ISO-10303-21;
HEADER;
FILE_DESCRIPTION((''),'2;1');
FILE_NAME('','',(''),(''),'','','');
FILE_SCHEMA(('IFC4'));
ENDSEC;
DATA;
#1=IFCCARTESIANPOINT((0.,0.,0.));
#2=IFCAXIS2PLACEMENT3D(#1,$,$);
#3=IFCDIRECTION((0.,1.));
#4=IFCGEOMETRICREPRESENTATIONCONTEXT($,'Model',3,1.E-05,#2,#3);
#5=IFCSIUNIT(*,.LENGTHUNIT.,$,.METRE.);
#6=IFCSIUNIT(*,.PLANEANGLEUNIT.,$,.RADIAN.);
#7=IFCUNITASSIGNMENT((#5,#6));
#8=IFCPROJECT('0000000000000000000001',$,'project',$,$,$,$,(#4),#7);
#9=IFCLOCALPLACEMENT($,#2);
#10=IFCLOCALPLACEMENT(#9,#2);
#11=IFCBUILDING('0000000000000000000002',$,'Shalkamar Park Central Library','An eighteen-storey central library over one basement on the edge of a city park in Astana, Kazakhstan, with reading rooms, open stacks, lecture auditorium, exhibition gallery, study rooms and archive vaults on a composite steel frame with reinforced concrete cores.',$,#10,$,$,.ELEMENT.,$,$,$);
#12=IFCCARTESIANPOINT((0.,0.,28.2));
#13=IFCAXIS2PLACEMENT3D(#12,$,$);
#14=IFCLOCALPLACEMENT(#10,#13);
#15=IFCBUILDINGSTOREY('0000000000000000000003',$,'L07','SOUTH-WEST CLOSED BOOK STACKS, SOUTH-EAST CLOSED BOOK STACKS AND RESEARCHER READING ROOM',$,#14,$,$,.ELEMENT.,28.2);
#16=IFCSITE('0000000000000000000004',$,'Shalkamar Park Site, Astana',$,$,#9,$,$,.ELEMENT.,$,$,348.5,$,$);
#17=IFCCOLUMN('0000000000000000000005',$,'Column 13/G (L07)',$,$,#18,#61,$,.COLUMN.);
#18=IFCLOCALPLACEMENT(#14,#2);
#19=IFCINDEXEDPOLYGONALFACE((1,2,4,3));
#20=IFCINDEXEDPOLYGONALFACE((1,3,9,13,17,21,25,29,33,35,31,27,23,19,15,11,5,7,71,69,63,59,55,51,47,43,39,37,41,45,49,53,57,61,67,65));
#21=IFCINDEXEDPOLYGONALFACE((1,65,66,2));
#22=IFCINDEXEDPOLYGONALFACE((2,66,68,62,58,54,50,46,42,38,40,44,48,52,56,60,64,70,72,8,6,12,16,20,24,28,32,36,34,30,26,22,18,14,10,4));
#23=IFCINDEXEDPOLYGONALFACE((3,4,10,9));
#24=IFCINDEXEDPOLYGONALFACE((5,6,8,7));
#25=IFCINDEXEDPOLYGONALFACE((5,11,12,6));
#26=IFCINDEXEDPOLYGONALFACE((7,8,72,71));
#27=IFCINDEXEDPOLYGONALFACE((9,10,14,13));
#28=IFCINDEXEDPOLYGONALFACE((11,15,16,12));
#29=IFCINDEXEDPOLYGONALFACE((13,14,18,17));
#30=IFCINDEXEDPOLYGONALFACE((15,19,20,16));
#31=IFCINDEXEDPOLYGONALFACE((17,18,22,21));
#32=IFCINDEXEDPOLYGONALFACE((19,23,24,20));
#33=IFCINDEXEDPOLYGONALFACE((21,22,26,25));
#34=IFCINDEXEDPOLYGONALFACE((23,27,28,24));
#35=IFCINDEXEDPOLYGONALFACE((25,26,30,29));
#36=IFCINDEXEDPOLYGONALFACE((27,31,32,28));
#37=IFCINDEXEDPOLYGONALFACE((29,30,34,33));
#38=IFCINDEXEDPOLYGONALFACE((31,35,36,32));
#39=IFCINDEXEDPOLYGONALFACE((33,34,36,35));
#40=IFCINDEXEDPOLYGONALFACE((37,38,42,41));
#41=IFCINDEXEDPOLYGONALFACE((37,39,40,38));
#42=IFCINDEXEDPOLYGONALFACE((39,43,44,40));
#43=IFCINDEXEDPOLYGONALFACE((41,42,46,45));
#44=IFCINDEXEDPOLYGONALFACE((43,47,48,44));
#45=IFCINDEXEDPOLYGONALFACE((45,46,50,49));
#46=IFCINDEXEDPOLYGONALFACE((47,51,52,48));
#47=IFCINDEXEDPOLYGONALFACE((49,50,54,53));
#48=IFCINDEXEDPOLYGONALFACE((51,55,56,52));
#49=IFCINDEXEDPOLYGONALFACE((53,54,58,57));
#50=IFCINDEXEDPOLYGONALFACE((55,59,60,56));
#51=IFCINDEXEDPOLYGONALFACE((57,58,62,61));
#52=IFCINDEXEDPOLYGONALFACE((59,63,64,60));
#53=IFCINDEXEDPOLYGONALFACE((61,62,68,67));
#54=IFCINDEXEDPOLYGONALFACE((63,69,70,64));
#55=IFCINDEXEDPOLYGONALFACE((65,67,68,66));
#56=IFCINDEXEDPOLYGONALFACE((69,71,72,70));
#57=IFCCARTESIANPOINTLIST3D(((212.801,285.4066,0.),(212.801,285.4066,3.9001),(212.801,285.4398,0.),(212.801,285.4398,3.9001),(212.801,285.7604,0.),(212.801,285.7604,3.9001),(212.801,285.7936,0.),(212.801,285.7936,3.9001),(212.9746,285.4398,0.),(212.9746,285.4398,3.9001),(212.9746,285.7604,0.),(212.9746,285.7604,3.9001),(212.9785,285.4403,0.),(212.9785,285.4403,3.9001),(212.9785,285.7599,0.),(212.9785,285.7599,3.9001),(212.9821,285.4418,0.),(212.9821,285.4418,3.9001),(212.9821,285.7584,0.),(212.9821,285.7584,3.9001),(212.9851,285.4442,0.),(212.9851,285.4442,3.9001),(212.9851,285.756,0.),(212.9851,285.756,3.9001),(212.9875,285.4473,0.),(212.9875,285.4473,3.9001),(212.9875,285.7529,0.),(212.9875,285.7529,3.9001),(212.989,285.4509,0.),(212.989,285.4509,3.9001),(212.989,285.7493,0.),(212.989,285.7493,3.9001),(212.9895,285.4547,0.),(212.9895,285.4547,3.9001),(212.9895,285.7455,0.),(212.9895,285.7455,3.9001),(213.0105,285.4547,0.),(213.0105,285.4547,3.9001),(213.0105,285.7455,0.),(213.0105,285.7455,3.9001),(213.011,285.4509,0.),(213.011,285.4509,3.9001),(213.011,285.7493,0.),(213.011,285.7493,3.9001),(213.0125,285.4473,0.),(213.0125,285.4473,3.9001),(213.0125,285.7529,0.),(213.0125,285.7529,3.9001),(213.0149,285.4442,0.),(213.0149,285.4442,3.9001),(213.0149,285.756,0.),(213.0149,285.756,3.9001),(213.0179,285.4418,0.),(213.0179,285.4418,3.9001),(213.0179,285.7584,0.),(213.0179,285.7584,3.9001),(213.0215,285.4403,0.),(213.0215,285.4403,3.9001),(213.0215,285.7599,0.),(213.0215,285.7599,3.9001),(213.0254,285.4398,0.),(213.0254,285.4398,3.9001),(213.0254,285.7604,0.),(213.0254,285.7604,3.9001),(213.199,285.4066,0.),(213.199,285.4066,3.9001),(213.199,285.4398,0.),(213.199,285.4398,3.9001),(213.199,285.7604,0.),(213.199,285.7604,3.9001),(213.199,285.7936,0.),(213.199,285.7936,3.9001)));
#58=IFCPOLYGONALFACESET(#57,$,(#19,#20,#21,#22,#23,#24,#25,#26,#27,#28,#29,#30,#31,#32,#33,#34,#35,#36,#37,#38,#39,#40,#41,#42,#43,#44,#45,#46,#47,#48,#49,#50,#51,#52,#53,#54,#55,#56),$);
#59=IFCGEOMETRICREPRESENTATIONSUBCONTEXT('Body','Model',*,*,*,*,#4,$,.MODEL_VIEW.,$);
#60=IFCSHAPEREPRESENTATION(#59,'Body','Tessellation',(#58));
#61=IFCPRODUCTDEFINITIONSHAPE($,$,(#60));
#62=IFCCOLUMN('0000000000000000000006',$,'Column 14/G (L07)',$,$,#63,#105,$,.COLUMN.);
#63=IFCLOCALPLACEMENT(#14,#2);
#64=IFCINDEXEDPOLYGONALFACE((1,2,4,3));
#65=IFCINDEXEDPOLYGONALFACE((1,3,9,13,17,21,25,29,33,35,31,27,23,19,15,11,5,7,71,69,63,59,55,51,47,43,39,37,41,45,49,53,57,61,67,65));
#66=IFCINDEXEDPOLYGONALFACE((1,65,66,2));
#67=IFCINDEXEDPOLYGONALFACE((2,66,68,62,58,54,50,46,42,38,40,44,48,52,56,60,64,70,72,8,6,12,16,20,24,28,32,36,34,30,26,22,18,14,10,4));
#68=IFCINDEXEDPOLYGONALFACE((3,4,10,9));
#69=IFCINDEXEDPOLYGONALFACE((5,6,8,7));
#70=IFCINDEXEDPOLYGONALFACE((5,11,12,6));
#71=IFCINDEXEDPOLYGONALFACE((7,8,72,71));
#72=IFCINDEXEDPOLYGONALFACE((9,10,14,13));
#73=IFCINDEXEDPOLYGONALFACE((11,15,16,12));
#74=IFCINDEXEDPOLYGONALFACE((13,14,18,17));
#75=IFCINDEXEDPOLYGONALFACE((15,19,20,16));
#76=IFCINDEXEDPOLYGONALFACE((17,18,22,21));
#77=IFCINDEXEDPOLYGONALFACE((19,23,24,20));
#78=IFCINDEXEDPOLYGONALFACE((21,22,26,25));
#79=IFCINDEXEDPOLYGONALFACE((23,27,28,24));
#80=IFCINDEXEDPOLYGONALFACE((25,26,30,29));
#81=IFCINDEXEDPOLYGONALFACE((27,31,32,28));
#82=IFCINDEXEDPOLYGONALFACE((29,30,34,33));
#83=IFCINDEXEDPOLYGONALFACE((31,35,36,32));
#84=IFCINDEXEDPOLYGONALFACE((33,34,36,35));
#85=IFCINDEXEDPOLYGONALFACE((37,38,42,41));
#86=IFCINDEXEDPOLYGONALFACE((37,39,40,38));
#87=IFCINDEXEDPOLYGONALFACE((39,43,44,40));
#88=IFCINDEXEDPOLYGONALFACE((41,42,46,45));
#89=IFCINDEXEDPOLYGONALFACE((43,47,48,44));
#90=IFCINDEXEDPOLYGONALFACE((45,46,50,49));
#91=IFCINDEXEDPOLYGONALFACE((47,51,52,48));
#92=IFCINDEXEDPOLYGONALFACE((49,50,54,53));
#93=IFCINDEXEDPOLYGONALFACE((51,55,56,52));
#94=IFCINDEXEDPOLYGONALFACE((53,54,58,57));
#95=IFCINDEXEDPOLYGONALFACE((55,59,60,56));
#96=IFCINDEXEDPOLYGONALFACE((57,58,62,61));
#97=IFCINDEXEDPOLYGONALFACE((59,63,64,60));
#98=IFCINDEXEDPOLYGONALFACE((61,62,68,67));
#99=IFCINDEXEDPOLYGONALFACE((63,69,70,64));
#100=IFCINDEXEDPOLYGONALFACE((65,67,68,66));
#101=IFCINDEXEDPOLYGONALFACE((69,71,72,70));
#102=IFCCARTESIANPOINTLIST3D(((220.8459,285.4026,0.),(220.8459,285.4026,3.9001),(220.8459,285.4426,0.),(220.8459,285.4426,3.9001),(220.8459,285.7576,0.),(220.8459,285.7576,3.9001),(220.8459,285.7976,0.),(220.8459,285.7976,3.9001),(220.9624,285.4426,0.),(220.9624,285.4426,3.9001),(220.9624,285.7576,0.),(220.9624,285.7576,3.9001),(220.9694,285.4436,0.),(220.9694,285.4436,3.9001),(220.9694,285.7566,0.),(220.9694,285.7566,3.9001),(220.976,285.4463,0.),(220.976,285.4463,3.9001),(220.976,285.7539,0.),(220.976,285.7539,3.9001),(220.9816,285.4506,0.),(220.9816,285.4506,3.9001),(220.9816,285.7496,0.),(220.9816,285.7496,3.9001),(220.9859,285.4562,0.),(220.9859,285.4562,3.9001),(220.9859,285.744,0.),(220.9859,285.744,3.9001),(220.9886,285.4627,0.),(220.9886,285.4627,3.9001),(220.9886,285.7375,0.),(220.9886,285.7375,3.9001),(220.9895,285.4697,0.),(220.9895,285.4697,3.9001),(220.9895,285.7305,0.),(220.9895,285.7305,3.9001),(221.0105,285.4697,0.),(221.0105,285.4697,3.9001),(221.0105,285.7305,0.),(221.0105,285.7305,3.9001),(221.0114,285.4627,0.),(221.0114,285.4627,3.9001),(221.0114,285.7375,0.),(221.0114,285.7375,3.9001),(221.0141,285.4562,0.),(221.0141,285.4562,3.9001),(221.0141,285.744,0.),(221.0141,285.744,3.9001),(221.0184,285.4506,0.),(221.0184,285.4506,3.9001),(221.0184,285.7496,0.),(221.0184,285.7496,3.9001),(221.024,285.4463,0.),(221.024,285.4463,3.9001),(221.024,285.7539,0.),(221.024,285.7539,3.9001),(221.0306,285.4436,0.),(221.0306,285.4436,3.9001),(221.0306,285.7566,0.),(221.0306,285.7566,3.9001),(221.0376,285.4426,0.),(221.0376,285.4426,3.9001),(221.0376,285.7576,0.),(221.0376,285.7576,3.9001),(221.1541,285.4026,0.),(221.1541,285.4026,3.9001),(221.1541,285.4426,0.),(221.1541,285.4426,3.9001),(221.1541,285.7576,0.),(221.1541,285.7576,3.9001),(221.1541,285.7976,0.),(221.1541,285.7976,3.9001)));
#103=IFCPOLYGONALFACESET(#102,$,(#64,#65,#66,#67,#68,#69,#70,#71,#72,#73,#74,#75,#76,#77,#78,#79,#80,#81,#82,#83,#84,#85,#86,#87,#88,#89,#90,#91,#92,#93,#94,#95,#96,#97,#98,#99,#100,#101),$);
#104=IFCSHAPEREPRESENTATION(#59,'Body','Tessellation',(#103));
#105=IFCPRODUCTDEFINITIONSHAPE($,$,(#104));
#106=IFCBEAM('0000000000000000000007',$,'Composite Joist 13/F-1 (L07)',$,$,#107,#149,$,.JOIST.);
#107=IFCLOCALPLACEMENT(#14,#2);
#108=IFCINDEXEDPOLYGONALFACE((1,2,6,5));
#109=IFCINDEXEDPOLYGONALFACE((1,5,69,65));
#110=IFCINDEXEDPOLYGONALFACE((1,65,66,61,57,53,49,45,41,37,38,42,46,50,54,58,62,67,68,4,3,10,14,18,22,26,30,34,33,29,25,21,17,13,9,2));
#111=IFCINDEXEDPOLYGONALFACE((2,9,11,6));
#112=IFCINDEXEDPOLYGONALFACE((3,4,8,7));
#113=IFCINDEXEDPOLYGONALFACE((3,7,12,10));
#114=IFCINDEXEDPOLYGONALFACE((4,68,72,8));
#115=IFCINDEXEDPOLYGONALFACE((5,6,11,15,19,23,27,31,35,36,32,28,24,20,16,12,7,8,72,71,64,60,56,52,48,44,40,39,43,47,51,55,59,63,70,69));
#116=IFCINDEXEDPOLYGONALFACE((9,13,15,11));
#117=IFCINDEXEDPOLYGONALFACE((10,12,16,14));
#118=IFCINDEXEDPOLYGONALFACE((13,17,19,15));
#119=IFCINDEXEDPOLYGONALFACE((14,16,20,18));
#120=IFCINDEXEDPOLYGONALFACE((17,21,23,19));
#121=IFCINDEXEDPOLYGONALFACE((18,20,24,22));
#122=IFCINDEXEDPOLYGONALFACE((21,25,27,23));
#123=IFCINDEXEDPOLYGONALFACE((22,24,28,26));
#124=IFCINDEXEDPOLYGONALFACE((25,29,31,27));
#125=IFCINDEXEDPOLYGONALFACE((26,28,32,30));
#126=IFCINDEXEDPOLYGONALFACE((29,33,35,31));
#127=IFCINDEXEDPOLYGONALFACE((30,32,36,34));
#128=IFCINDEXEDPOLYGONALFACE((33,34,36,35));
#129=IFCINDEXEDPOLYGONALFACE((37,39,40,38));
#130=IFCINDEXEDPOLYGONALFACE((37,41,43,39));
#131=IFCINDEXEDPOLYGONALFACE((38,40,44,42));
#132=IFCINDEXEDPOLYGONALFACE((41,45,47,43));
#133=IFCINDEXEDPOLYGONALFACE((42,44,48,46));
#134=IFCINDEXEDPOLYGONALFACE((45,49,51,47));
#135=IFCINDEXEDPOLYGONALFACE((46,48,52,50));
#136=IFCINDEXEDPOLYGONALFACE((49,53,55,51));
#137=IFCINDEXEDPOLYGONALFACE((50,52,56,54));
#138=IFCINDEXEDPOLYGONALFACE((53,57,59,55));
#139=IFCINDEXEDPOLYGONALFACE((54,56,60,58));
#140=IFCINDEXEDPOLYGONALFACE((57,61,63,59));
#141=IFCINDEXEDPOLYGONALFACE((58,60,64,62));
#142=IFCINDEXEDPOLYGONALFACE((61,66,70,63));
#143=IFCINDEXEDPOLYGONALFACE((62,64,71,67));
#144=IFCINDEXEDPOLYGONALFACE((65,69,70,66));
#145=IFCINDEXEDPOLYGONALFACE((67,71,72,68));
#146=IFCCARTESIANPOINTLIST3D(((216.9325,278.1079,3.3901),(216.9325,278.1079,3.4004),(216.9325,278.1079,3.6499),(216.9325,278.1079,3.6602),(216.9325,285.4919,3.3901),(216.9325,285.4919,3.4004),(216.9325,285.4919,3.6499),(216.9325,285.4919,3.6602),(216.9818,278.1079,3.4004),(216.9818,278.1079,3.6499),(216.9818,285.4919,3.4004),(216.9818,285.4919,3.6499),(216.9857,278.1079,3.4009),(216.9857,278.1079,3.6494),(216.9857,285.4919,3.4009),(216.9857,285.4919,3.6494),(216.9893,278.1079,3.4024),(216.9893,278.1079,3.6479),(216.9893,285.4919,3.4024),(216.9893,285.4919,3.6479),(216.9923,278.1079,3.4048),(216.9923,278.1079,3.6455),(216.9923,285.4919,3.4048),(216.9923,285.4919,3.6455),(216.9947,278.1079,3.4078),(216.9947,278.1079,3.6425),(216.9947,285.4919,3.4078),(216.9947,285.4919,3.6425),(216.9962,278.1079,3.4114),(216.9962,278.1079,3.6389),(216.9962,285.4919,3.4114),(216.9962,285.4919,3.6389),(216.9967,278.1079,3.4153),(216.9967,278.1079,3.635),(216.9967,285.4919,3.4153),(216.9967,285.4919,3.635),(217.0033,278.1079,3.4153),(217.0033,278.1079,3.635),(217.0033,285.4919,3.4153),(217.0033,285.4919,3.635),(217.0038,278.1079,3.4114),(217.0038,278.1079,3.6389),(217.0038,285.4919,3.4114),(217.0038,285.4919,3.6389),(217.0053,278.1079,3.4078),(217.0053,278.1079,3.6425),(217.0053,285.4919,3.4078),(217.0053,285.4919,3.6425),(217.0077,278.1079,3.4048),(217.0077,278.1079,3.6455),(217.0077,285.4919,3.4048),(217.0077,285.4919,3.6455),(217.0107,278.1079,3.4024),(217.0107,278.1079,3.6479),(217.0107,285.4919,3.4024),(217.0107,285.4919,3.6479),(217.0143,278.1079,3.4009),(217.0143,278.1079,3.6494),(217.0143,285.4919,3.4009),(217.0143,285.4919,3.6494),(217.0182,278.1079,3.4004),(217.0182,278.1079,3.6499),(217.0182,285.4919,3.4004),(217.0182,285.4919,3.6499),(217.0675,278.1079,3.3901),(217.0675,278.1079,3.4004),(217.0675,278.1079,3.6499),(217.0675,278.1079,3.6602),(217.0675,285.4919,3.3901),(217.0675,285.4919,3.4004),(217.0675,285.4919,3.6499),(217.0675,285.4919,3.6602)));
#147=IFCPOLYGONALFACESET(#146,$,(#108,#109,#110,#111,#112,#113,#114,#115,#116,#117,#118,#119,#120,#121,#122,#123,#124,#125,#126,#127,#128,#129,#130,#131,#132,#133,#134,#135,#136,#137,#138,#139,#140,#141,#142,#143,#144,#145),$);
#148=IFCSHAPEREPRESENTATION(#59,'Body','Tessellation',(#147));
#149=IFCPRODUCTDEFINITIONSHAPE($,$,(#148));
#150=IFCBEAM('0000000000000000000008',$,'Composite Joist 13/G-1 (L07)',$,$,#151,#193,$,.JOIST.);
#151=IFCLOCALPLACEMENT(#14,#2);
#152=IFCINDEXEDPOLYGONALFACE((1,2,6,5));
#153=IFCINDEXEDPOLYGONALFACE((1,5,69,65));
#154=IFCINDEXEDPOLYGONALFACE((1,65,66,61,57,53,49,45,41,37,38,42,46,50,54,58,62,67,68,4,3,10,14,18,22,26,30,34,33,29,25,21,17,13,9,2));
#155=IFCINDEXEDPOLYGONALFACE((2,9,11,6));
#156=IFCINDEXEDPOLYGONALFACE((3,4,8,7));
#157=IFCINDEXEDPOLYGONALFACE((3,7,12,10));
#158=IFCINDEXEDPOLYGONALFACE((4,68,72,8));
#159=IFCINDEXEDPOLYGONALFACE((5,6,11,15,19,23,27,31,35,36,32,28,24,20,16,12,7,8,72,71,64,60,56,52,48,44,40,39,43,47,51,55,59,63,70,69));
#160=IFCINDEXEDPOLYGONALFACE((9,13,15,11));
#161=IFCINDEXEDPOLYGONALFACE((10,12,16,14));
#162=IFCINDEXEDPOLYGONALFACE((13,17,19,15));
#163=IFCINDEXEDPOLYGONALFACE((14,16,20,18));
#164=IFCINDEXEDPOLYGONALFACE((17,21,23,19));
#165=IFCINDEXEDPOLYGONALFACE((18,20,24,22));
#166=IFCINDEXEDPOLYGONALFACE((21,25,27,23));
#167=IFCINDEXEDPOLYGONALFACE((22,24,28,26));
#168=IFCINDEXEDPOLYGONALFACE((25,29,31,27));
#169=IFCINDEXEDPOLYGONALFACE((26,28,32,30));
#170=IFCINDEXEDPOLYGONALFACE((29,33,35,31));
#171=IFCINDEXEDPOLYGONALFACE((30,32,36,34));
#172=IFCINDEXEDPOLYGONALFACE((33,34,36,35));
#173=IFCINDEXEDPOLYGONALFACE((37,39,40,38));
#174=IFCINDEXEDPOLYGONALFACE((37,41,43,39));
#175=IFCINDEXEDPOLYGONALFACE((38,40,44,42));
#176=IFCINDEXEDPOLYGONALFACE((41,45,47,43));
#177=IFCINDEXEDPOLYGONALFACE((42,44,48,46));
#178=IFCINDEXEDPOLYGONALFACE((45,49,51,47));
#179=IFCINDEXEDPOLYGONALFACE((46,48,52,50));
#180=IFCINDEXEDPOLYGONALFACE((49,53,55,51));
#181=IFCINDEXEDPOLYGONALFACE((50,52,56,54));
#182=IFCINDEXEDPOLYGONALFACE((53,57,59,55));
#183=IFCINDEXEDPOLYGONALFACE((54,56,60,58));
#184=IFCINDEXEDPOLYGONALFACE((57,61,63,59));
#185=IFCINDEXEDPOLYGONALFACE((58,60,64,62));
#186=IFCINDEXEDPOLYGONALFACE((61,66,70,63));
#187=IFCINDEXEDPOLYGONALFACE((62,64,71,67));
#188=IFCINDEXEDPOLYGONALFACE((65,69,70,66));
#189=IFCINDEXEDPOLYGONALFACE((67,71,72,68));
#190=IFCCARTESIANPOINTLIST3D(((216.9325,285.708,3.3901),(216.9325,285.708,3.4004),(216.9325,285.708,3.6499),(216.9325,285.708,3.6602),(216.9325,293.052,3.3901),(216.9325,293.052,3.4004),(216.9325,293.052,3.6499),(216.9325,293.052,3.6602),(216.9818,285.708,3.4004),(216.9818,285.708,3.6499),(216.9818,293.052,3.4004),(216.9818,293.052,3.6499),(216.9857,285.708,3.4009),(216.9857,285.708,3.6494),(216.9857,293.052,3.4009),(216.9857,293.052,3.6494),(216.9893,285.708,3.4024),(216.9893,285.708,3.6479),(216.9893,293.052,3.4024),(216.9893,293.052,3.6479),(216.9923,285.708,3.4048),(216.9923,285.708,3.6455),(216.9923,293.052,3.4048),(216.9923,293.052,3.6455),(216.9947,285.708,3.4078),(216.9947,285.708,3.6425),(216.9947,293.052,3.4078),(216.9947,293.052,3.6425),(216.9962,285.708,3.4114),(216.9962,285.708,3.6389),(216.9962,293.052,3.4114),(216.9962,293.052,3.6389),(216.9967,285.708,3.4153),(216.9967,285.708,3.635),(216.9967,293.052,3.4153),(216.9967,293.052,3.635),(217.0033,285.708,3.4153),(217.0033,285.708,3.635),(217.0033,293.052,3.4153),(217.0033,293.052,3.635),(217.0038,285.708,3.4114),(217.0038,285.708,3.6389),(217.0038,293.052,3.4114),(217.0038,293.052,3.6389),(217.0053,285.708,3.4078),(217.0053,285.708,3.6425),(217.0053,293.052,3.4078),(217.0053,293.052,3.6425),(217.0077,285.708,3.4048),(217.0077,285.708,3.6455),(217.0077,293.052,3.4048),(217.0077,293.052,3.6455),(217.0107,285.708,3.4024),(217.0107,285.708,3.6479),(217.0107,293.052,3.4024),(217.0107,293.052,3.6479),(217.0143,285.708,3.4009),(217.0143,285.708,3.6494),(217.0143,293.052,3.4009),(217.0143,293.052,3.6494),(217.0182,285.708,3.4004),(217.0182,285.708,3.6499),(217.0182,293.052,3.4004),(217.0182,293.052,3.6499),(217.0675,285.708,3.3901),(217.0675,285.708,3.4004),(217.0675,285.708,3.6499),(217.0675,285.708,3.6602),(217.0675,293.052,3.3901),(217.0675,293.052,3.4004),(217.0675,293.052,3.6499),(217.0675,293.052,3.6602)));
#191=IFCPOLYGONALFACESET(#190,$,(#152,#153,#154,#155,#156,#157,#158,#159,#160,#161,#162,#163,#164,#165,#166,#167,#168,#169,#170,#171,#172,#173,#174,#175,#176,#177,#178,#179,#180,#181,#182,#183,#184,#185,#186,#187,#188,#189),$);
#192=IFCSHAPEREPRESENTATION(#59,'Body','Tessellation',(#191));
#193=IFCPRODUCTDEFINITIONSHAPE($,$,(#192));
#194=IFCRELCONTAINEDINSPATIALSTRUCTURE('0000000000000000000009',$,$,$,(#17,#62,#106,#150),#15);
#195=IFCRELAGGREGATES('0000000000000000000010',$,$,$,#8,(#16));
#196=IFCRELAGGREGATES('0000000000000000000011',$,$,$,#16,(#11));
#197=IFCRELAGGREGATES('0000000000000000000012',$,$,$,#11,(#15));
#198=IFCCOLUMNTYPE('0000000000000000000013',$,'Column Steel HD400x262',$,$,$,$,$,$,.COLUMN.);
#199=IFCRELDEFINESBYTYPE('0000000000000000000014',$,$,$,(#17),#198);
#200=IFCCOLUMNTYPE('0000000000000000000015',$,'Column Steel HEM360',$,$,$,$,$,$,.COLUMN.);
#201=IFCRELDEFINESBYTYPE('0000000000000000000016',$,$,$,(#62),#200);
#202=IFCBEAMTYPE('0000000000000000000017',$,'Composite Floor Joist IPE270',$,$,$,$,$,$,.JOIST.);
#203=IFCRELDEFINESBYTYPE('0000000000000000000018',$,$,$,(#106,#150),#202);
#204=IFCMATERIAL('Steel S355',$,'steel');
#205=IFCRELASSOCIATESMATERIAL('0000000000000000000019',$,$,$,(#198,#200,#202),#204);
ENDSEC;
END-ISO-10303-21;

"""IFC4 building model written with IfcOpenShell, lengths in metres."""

from ifc_helpers import new_model, si_unit, direction, frame, origin, origin_2d, place, context, subcontext, project, spatial, i_section, extrude, material, material_profile, profile_set, type_object, element, save


model = new_model("IFC4")

# Units and contexts
model_context = context("Model", 3, precision=1e-05, world=origin(), true_north=direction((0.0, 1.0)))
body_context = subcontext(model_context, "Body", "Model", "MODEL_VIEW")
ifc_project = project(units=[si_unit("LENGTHUNIT", "METRE"), si_unit("PLANEANGLEUNIT", "RADIAN")], contexts=[model_context])

# Site, building, storey
site_placement = place(None, origin())
site = spatial("IfcSite", under=ifc_project, at=site_placement, Name="Shalkamar Park Site, Astana", CompositionType="ELEMENT", RefElevation=348.5)
building_placement = place(site_placement, origin())
building = spatial("IfcBuilding", under=site, at=building_placement, Name="Shalkamar Park Central Library", Description="An eighteen-storey central library over one basement on the edge of a city park in Astana, Kazakhstan, with reading rooms, open stacks, lecture auditorium, exhibition gallery, study rooms and archive vaults on a composite steel frame with reinforced concrete cores.", CompositionType="ELEMENT")
storey_placement = place(building_placement, frame((0.0, 0.0, 28.2)))
storey = spatial("IfcBuildingStorey", under=building, at=storey_placement, Name="L07", Description="SOUTH-WEST CLOSED BOOK STACKS, SOUTH-EAST CLOSED BOOK STACKS AND RESEARCHER READING ROOM", CompositionType="ELEMENT", Elevation=28.2)

# Columns
ifc_material_1 = material(Name="Steel S355", Category="steel")
ifc_material_profile_1 = material_profile(ifc_material_1, i_section(OverallWidth=0.3979, OverallDepth=0.387, WebThickness=0.021, FlangeThickness=0.0332, FilletRadius=0.0149, at=origin_2d()), Name="HD 400x262")
ifc_profile_set_1 = profile_set([ifc_material_profile_1], Name="Steel S355")
column_type_1 = type_object("IfcColumnType", Name="Column Steel HD400x262", PredefinedType="COLUMN", material=ifc_profile_set_1)
column_1_placement = place(storey_placement, frame((213.0, 285.6001, 0.0), z_axis=(0.0, 0.0, 1.0), x_axis=(1.0, 0.0, 0.0)))
element("IfcColumn", 1, at=column_1_placement, inside=storey, type_object=column_type_1, Name="Column 13/G (L07)", PredefinedType="COLUMN", context=body_context, shape_type="SweptSolid", body=[
    extrude(i_section(OverallWidth=0.3979, OverallDepth=0.387, WebThickness=0.021, FlangeThickness=0.0332, FilletRadius=0.0149, at=origin_2d()), origin(), (0.0, 0.0, 1.0), 3.9001),
])
ifc_material_profile_2 = material_profile(ifc_material_1, i_section(OverallWidth=0.3081, OverallDepth=0.395, WebThickness=0.021, FlangeThickness=0.04, FilletRadius=0.0271, at=origin_2d()), Name="HEM 360")
ifc_profile_set_2 = profile_set([ifc_material_profile_2], Name="Steel S355")
column_type_2 = type_object("IfcColumnType", Name="Column Steel HEM360", PredefinedType="COLUMN", material=ifc_profile_set_2)
column_2_placement = place(storey_placement, frame((221.0, 285.6001, 0.0), z_axis=(0.0, 0.0, 1.0), x_axis=(1.0, 0.0, 0.0)))
element("IfcColumn", 2, at=column_2_placement, inside=storey, type_object=column_type_2, Name="Column 14/G (L07)", PredefinedType="COLUMN", context=body_context, shape_type="SweptSolid", body=[
    extrude(i_section(OverallWidth=0.3081, OverallDepth=0.395, WebThickness=0.021, FlangeThickness=0.04, FilletRadius=0.0271, at=origin_2d()), origin(), (0.0, 0.0, 1.0), 3.9001),
])

# Beams
ifc_material_profile_3 = material_profile(ifc_material_1, i_section(OverallWidth=0.135, OverallDepth=0.27, WebThickness=0.0066, FlangeThickness=0.0103, FilletRadius=0.0149, at=origin_2d()), Name="IPE 270")
ifc_profile_set_3 = profile_set([ifc_material_profile_3], Name="Steel S355")
beam_type_1 = type_object("IfcBeamType", Name="Composite Floor Joist IPE270", PredefinedType="JOIST", material=ifc_profile_set_3)
beam_1_placement = place(storey_placement, frame((217.0, 278.1079, 3.5251), z_axis=(0.0, 1.0, 0.0), x_axis=(-1.0, 0.0, 0.0)))
element("IfcBeam", 3, at=beam_1_placement, inside=storey, type_object=beam_type_1, Name="Composite Joist 13/F-1 (L07)", PredefinedType="JOIST", context=body_context, shape_type="SweptSolid", body=[
    extrude(i_section(OverallWidth=0.135, OverallDepth=0.27, WebThickness=0.0066, FlangeThickness=0.0103, FilletRadius=0.0149, at=origin_2d()), origin(), (0.0, 0.0, 1.0), 7.384),
])
beam_2_placement = place(storey_placement, frame((217.0, 285.708, 3.5251), z_axis=(0.0, 1.0, 0.0), x_axis=(-1.0, 0.0, 0.0)))
element("IfcBeam", 4, at=beam_2_placement, inside=storey, type_object=beam_type_1, Name="Composite Joist 13/G-1 (L07)", PredefinedType="JOIST", context=body_context, shape_type="SweptSolid", body=[
    extrude(i_section(OverallWidth=0.135, OverallDepth=0.27, WebThickness=0.0066, FlangeThickness=0.0103, FilletRadius=0.0149, at=origin_2d()), origin(), (0.0, 0.0, 1.0), 7.344),
])

save(model, "model.ifc")
